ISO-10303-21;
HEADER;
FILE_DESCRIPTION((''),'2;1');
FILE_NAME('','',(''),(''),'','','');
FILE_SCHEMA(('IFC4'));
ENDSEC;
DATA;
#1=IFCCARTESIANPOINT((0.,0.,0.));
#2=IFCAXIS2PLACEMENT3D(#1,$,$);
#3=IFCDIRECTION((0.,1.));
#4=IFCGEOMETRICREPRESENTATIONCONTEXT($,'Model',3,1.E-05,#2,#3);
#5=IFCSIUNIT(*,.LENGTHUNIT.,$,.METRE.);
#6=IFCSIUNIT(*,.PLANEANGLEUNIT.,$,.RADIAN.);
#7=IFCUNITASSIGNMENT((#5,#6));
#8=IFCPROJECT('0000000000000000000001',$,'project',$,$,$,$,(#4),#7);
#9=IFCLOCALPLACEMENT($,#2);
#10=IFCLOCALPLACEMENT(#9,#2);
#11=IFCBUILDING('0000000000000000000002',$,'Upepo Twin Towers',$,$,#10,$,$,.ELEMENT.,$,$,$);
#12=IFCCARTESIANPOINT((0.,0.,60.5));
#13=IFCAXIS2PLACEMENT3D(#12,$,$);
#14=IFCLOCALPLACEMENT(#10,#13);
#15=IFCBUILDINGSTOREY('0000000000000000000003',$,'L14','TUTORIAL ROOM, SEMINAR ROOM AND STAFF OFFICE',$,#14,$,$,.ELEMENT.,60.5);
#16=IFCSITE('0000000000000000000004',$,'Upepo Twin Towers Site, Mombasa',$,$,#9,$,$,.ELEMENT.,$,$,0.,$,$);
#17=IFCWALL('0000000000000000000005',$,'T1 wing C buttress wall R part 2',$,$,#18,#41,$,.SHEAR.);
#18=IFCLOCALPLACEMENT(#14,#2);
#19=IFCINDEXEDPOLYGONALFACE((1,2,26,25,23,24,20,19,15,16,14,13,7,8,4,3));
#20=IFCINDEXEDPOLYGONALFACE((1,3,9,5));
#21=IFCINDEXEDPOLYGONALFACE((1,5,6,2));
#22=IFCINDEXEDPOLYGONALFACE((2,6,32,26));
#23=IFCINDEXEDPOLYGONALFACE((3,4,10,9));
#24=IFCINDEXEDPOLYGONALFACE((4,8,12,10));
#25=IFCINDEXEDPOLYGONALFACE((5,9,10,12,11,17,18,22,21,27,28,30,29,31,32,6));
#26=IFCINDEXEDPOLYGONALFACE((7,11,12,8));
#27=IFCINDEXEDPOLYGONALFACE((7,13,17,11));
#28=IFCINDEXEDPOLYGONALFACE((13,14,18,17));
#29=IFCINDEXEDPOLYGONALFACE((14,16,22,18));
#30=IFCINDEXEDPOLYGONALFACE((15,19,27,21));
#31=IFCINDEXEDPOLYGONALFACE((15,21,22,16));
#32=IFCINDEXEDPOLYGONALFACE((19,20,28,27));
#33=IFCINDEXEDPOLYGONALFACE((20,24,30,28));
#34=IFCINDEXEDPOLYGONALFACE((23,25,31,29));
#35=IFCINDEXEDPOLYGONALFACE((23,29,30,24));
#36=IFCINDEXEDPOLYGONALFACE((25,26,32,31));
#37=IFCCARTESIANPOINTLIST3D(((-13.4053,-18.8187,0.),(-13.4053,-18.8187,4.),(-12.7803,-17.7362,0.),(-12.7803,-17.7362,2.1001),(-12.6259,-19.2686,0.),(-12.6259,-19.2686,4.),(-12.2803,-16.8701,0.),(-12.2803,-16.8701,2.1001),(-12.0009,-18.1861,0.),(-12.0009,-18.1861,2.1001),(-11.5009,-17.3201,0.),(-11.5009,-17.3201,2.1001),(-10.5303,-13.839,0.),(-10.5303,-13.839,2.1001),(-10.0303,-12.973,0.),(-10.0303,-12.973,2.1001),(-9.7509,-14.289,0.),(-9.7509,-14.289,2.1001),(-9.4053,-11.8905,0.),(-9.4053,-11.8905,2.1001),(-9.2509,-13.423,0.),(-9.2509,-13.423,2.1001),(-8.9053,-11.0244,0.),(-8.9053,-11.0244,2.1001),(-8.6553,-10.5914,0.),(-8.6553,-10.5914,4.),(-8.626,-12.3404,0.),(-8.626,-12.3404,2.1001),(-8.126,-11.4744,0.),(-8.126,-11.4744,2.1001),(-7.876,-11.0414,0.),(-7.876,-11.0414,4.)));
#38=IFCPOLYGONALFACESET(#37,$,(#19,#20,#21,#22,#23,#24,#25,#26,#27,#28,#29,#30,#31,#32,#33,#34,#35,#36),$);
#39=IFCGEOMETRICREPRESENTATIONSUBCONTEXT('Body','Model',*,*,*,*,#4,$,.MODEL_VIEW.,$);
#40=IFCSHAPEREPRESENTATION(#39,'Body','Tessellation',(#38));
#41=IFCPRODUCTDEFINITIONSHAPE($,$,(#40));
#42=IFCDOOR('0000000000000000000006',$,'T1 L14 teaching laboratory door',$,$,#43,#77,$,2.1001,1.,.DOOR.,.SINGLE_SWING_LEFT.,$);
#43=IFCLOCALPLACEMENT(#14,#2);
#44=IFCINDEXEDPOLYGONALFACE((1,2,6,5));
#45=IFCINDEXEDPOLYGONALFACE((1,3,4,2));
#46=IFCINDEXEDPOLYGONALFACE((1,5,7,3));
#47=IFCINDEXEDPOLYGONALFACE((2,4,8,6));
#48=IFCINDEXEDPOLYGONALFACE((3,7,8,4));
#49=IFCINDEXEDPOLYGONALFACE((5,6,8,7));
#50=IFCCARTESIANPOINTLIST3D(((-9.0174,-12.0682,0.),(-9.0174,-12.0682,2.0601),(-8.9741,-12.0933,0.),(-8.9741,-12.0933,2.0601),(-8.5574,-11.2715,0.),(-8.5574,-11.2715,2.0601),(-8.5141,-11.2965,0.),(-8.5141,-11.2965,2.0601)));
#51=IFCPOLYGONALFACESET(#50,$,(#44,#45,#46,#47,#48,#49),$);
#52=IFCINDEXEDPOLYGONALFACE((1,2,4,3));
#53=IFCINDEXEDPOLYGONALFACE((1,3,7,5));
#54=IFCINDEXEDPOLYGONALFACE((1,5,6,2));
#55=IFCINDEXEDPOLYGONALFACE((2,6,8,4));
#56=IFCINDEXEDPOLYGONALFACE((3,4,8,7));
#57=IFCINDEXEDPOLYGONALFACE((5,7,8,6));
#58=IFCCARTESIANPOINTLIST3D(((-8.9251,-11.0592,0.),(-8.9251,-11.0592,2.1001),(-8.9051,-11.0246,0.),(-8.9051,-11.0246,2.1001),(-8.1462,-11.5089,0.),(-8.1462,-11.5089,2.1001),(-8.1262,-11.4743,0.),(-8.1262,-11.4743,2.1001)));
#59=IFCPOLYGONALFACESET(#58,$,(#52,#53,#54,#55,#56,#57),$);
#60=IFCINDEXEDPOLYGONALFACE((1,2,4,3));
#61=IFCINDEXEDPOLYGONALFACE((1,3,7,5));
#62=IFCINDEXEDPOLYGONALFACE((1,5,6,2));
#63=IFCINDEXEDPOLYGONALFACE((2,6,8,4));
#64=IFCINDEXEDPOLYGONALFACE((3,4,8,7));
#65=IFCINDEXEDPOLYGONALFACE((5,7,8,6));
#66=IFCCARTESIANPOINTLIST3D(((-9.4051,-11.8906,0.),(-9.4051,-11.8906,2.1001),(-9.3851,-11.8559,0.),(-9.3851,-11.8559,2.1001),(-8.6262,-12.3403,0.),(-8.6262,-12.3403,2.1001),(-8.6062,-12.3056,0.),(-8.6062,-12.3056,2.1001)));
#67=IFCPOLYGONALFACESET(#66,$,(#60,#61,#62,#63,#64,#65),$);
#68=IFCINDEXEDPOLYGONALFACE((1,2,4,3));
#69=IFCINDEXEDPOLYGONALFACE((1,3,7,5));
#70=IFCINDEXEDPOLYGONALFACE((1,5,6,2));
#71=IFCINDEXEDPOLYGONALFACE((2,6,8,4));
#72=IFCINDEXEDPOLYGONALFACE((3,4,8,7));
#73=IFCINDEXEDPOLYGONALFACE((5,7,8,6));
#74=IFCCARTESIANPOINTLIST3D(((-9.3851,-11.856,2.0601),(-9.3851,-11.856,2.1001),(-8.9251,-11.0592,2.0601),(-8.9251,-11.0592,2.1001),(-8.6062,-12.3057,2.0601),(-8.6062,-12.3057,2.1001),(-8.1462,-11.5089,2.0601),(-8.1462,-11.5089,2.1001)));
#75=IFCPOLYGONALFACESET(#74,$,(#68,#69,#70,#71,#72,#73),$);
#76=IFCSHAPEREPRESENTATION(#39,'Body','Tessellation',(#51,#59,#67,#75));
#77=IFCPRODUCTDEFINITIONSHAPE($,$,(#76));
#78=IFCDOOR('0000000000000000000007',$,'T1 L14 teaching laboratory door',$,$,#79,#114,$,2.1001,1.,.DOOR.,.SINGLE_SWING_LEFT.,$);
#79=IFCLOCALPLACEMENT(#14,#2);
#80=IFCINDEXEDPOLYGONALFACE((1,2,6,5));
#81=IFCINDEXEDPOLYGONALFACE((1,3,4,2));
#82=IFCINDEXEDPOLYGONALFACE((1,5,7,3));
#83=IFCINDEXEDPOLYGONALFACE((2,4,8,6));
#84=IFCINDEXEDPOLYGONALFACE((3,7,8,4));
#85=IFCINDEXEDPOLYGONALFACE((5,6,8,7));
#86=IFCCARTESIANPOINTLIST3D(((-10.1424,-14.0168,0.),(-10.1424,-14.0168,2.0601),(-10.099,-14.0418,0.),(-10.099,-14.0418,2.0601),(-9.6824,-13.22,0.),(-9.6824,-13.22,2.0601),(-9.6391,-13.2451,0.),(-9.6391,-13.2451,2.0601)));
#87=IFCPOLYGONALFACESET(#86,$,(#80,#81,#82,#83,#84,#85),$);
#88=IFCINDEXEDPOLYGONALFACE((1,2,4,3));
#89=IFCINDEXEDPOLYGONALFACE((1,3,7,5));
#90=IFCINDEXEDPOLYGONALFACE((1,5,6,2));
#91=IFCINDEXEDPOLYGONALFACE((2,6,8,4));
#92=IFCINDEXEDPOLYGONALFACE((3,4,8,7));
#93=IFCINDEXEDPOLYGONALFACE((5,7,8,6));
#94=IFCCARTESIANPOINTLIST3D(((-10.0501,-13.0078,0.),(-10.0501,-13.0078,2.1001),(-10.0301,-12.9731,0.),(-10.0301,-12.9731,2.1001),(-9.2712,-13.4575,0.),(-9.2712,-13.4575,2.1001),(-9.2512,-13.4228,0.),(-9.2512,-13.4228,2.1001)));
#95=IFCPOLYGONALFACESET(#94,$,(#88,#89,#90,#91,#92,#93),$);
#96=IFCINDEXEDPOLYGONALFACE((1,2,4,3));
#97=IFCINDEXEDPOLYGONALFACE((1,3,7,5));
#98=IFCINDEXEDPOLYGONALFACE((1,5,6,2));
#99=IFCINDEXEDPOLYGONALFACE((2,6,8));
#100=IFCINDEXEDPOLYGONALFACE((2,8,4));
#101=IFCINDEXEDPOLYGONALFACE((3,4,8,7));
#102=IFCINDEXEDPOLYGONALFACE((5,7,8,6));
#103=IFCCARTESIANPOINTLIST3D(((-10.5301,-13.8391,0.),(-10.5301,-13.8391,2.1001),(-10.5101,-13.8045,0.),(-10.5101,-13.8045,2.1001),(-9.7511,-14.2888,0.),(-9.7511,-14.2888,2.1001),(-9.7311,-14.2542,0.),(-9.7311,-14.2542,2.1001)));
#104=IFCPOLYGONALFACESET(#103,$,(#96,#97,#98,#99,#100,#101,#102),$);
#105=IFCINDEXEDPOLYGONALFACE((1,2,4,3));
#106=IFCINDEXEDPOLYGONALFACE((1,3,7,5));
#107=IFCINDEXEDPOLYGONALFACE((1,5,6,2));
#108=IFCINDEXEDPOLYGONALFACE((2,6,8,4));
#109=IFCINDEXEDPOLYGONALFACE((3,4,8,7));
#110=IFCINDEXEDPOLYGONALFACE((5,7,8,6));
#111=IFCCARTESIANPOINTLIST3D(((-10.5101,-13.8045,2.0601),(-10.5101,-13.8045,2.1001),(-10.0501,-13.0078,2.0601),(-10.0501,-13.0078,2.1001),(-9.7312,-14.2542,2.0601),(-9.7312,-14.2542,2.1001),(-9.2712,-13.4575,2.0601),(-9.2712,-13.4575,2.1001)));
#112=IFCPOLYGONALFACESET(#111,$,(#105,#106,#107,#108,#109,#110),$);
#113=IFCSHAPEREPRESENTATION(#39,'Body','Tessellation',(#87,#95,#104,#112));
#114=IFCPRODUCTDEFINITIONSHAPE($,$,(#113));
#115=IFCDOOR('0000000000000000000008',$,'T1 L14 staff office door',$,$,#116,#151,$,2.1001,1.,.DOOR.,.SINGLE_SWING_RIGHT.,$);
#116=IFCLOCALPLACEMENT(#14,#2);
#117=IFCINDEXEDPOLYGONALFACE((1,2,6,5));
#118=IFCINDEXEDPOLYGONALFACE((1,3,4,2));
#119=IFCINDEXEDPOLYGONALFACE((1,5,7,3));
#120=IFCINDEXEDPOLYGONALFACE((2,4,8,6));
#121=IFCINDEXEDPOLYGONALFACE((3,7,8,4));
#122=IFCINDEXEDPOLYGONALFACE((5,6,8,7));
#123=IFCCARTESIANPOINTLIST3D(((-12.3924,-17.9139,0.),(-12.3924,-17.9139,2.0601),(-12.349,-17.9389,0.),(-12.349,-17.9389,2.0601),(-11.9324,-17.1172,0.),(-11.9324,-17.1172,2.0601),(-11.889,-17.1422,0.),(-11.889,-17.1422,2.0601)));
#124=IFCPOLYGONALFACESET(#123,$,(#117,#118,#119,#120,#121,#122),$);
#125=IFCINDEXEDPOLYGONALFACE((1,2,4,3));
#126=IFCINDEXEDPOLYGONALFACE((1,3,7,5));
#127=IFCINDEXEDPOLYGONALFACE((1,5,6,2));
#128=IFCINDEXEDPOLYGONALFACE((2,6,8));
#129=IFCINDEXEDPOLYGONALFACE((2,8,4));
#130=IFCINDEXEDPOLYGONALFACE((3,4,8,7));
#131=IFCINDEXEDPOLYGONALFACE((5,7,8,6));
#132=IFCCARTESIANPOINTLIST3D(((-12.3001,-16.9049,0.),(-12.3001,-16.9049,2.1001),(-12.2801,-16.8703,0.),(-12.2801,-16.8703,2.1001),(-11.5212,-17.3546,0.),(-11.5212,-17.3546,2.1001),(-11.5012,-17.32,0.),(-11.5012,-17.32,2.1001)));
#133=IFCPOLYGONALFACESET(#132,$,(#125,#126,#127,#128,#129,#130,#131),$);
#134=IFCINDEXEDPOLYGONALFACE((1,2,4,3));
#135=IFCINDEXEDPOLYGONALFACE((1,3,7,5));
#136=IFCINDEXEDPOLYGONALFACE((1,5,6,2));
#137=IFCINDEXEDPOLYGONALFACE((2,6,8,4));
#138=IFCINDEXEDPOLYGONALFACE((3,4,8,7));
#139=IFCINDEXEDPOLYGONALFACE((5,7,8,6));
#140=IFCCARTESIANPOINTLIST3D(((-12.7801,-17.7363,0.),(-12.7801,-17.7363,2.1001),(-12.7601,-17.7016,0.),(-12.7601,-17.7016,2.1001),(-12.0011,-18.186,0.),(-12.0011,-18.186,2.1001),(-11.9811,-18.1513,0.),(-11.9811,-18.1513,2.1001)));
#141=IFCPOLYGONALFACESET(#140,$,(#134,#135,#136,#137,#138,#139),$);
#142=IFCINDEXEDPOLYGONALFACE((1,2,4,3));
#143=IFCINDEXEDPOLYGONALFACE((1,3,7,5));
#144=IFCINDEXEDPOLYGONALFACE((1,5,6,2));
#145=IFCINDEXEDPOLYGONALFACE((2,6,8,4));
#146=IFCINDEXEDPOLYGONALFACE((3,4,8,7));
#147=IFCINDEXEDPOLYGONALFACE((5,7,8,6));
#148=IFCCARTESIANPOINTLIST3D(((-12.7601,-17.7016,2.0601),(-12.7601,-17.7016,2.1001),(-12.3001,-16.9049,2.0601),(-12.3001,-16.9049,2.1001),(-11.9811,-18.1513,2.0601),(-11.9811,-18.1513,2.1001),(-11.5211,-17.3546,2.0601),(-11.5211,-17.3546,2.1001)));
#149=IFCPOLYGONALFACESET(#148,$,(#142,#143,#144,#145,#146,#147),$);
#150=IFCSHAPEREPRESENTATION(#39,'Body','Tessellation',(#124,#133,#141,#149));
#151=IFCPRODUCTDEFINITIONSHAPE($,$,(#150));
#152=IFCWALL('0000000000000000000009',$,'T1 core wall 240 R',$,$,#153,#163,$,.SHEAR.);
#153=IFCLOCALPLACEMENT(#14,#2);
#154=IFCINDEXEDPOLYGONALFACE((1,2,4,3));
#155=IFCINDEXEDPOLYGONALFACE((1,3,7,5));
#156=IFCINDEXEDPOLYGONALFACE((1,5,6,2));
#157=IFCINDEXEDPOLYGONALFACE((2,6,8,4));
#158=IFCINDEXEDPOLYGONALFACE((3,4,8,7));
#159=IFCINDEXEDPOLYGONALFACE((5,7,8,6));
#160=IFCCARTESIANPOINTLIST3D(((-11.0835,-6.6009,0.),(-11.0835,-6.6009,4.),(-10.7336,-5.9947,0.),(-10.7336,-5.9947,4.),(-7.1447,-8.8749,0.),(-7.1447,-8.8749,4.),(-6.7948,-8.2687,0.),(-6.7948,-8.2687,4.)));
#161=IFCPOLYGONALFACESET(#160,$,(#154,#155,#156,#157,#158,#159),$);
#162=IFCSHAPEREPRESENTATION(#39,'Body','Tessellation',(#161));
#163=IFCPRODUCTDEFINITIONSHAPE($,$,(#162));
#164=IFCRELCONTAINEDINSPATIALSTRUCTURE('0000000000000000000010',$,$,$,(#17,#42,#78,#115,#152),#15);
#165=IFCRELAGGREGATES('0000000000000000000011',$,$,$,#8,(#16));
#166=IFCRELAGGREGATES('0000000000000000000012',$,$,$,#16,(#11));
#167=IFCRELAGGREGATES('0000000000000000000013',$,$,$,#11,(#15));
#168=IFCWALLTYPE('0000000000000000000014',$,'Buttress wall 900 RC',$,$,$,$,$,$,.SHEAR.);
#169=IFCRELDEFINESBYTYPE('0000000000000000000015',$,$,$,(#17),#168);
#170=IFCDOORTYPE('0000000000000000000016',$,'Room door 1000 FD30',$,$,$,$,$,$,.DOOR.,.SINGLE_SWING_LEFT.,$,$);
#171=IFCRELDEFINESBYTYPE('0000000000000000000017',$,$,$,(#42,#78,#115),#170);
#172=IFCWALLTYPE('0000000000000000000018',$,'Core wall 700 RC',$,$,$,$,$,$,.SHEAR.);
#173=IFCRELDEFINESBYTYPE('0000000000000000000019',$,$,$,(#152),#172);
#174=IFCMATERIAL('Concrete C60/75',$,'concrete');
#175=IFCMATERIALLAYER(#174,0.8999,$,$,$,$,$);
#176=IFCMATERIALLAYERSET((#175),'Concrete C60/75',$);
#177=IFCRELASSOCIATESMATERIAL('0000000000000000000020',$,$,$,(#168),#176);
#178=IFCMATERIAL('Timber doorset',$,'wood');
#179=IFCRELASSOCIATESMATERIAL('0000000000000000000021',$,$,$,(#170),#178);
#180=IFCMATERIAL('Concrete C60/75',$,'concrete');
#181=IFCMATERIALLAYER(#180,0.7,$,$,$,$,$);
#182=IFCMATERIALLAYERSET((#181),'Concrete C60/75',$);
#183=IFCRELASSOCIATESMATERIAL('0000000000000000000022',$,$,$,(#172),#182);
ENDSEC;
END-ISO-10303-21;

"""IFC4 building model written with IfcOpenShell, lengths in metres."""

from ifc_helpers import new_model, si_unit, direction, frame, frame_2d, origin, place, context, subcontext, project, spatial, rectangle, extrude, material, layer, layer_set, type_object, element, fill, save


model = new_model("IFC4")

# Units and contexts
model_context = context("Model", 3, precision=1e-05, world=origin(), true_north=direction((0.0, 1.0)))
body_context = subcontext(model_context, "Body", "Model", "MODEL_VIEW")
ifc_project = project(units=[si_unit("LENGTHUNIT", "METRE"), si_unit("PLANEANGLEUNIT", "RADIAN")], contexts=[model_context])

# Site, building, storey
site_placement = place(None, origin())
site = spatial("IfcSite", under=ifc_project, at=site_placement, Name="Upepo Twin Towers Site, Mombasa", CompositionType="ELEMENT", RefElevation=0.0)
building_placement = place(site_placement, origin())
building = spatial("IfcBuilding", under=site, at=building_placement, Name="Upepo Twin Towers", CompositionType="ELEMENT")
storey_placement = place(building_placement, frame((0.0, 0.0, 60.5)))
storey = spatial("IfcBuildingStorey", under=building, at=storey_placement, Name="L14", Description="TUTORIAL ROOM, SEMINAR ROOM AND STAFF OFFICE", CompositionType="ELEMENT", Elevation=60.5)

# Wall, openings, doors
ifc_material_1 = material(Name="Concrete C60/75", Category="concrete")
ifc_layer_1 = layer(ifc_material_1, 0.8999)
ifc_layer_set_1 = layer_set([ifc_layer_1], Name="Concrete C60/75")
wall_type_1 = type_object("IfcWallType", Name="Buttress wall 900 RC", PredefinedType="SHEAR", material=ifc_layer_set_1)
wall_1_placement = place(storey_placement, frame((-8.2656, -10.8164, 0.0), z_axis=(0.0, 0.0, 1.0), x_axis=(-0.499998, -0.866027, 0.0)))
wall_1 = element("IfcWall", 1, at=wall_1_placement, inside=storey, type_object=wall_type_1, Name="T1 wing C buttress wall R part 2", PredefinedType="SHEAR", context=body_context, shape_type="SweptSolid", body=[
    extrude(rectangle(XDim=9.5, YDim=0.8999, at=frame_2d((4.75, 0.0))), origin(), (0.0, 0.0, 1.0), 4.0),
])
opening_1_placement = place(wall_1_placement, frame((0.5, 0.0, 0.0)))
opening_1 = element("IfcOpeningElement", 2, at=opening_1_placement, cuts=wall_1, PredefinedType="OPENING", context=body_context, shape_type="SweptSolid", body=[
    extrude(rectangle(XDim=1.0, YDim=2.1001, at=frame_2d((0.5, 1.05))), frame((0.0, 0.46, 0.0), z_axis=(0.0, -1.0, 0.0), x_axis=(1.0, 0.0, 0.0)), (0.0, 0.0, 1.0), 0.9199),
])
opening_2_placement = place(wall_1_placement, frame((2.75, 0.0, 0.0)))
opening_2 = element("IfcOpeningElement", 3, at=opening_2_placement, cuts=wall_1, PredefinedType="OPENING", context=body_context, shape_type="SweptSolid", body=[
    extrude(rectangle(XDim=1.0, YDim=2.1001, at=frame_2d((0.5, 1.05))), frame((0.0, 0.46, 0.0), z_axis=(0.0, -1.0, 0.0), x_axis=(1.0, 0.0, 0.0)), (0.0, 0.0, 1.0), 0.9199),
])
opening_3_placement = place(wall_1_placement, frame((7.25, 0.0, 0.0)))
opening_3 = element("IfcOpeningElement", 4, at=opening_3_placement, cuts=wall_1, PredefinedType="OPENING", context=body_context, shape_type="SweptSolid", body=[
    extrude(rectangle(XDim=1.0, YDim=2.1001, at=frame_2d((0.5, 1.05))), frame((0.0, 0.46, 0.0), z_axis=(0.0, -1.0, 0.0), x_axis=(1.0, 0.0, 0.0)), (0.0, 0.0, 1.0), 0.9199),
])
ifc_material_2 = material(Name="Timber doorset", Category="wood")
door_type_1 = type_object("IfcDoorType", Name="Room door 1000 FD30", OperationType="SINGLE_SWING_LEFT", PredefinedType="DOOR", material=ifc_material_2)
door_1_placement = place(opening_1_placement, origin())
door_1 = element("IfcDoor", 5, at=door_1_placement, inside=storey, type_object=door_type_1, Name="T1 L14 teaching laboratory door", OperationType="SINGLE_SWING_LEFT", OverallHeight=2.1001, OverallWidth=1.0, PredefinedType="DOOR", context=body_context, shape_type="SweptSolid", body=[
    extrude(rectangle(XDim=0.92, YDim=2.0601, at=frame_2d((0.5, 1.03))), frame((0.0, 0.0249, 0.0), z_axis=(0.0, -1.0, 0.0), x_axis=(1.0, 0.0, 0.0)), (0.0, 0.0, 1.0), 0.05),
    extrude(rectangle(XDim=0.04, YDim=2.1001, at=frame_2d((0.02, 1.05))), frame((0.0, 0.4497, 0.0), z_axis=(0.0, -1.0, 0.0), x_axis=(1.0, 0.0, 0.0)), (0.0, 0.0, 1.0), 0.8994),
    extrude(rectangle(XDim=0.04, YDim=2.1001, at=frame_2d((0.98, 1.05))), frame((0.0, 0.4497, 0.0), z_axis=(0.0, -1.0, 0.0), x_axis=(1.0, 0.0, 0.0)), (0.0, 0.0, 1.0), 0.8994),
    extrude(rectangle(XDim=0.92, YDim=0.04, at=frame_2d((0.5, 2.0801))), frame((0.0, 0.4497, 0.0), z_axis=(0.0, -1.0, 0.0), x_axis=(1.0, 0.0, 0.0)), (0.0, 0.0, 1.0), 0.8994),
])
fill(opening_1, door_1)
door_2_placement = place(opening_2_placement, origin())
door_2 = element("IfcDoor", 6, at=door_2_placement, inside=storey, type_object=door_type_1, Name="T1 L14 teaching laboratory door", OperationType="SINGLE_SWING_LEFT", OverallHeight=2.1001, OverallWidth=1.0, PredefinedType="DOOR", context=body_context, shape_type="SweptSolid", body=[
    extrude(rectangle(XDim=0.92, YDim=2.0601, at=frame_2d((0.5, 1.03))), frame((0.0, 0.0249, 0.0), z_axis=(0.0, -1.0, 0.0), x_axis=(1.0, 0.0, 0.0)), (0.0, 0.0, 1.0), 0.05),
    extrude(rectangle(XDim=0.04, YDim=2.1001, at=frame_2d((0.02, 1.05))), frame((0.0, 0.4497, 0.0), z_axis=(0.0, -1.0, 0.0), x_axis=(1.0, 0.0, 0.0)), (0.0, 0.0, 1.0), 0.8994),
    extrude(rectangle(XDim=0.04, YDim=2.1001, at=frame_2d((0.98, 1.05))), frame((0.0, 0.4497, 0.0), z_axis=(0.0, -1.0, 0.0), x_axis=(1.0, 0.0, 0.0)), (0.0, 0.0, 1.0), 0.8994),
    extrude(rectangle(XDim=0.92, YDim=0.04, at=frame_2d((0.5, 2.0801))), frame((0.0, 0.4497, 0.0), z_axis=(0.0, -1.0, 0.0), x_axis=(1.0, 0.0, 0.0)), (0.0, 0.0, 1.0), 0.8994),
])
fill(opening_2, door_2)
door_3_placement = place(opening_3_placement, origin())
door_3 = element("IfcDoor", 7, at=door_3_placement, inside=storey, type_object=door_type_1, Name="T1 L14 staff office door", OperationType="SINGLE_SWING_RIGHT", OverallHeight=2.1001, OverallWidth=1.0, PredefinedType="DOOR", context=body_context, shape_type="SweptSolid", body=[
    extrude(rectangle(XDim=0.92, YDim=2.0601, at=frame_2d((0.5, 1.03))), frame((0.0, 0.0249, 0.0), z_axis=(0.0, -1.0, 0.0), x_axis=(1.0, 0.0, 0.0)), (0.0, 0.0, 1.0), 0.05),
    extrude(rectangle(XDim=0.04, YDim=2.1001, at=frame_2d((0.02, 1.05))), frame((0.0, 0.4497, 0.0), z_axis=(0.0, -1.0, 0.0), x_axis=(1.0, 0.0, 0.0)), (0.0, 0.0, 1.0), 0.8994),
    extrude(rectangle(XDim=0.04, YDim=2.1001, at=frame_2d((0.98, 1.05))), frame((0.0, 0.4497, 0.0), z_axis=(0.0, -1.0, 0.0), x_axis=(1.0, 0.0, 0.0)), (0.0, 0.0, 1.0), 0.8994),
    extrude(rectangle(XDim=0.92, YDim=0.04, at=frame_2d((0.5, 2.0801))), frame((0.0, 0.4497, 0.0), z_axis=(0.0, -1.0, 0.0), x_axis=(1.0, 0.0, 0.0)), (0.0, 0.0, 1.0), 0.8994),
])
fill(opening_3, door_3)

# Wall
ifc_material_3 = material(Name="Concrete C60/75", Category="concrete")
ifc_layer_2 = layer(ifc_material_3, 0.7)
ifc_layer_set_2 = layer_set([ifc_layer_2], Name="Concrete C60/75")
wall_type_2 = type_object("IfcWallType", Name="Core wall 700 RC", PredefinedType="SHEAR", material=ifc_layer_set_2)
wall_2_placement = place(storey_placement, frame((-10.9084, -6.2979, 0.0), z_axis=(0.0, 0.0, 1.0), x_axis=(0.866035, -0.499984, 0.0)))
element("IfcWall", 8, at=wall_2_placement, inside=storey, type_object=wall_type_2, Name="T1 core wall 240 R", PredefinedType="SHEAR", context=body_context, shape_type="SweptSolid", body=[
    extrude(rectangle(XDim=4.5481, YDim=0.7, at=frame_2d((2.2739, 0.0))), origin(), (0.0, 0.0, 1.0), 4.0),
])

save(model, "model.ifc")
